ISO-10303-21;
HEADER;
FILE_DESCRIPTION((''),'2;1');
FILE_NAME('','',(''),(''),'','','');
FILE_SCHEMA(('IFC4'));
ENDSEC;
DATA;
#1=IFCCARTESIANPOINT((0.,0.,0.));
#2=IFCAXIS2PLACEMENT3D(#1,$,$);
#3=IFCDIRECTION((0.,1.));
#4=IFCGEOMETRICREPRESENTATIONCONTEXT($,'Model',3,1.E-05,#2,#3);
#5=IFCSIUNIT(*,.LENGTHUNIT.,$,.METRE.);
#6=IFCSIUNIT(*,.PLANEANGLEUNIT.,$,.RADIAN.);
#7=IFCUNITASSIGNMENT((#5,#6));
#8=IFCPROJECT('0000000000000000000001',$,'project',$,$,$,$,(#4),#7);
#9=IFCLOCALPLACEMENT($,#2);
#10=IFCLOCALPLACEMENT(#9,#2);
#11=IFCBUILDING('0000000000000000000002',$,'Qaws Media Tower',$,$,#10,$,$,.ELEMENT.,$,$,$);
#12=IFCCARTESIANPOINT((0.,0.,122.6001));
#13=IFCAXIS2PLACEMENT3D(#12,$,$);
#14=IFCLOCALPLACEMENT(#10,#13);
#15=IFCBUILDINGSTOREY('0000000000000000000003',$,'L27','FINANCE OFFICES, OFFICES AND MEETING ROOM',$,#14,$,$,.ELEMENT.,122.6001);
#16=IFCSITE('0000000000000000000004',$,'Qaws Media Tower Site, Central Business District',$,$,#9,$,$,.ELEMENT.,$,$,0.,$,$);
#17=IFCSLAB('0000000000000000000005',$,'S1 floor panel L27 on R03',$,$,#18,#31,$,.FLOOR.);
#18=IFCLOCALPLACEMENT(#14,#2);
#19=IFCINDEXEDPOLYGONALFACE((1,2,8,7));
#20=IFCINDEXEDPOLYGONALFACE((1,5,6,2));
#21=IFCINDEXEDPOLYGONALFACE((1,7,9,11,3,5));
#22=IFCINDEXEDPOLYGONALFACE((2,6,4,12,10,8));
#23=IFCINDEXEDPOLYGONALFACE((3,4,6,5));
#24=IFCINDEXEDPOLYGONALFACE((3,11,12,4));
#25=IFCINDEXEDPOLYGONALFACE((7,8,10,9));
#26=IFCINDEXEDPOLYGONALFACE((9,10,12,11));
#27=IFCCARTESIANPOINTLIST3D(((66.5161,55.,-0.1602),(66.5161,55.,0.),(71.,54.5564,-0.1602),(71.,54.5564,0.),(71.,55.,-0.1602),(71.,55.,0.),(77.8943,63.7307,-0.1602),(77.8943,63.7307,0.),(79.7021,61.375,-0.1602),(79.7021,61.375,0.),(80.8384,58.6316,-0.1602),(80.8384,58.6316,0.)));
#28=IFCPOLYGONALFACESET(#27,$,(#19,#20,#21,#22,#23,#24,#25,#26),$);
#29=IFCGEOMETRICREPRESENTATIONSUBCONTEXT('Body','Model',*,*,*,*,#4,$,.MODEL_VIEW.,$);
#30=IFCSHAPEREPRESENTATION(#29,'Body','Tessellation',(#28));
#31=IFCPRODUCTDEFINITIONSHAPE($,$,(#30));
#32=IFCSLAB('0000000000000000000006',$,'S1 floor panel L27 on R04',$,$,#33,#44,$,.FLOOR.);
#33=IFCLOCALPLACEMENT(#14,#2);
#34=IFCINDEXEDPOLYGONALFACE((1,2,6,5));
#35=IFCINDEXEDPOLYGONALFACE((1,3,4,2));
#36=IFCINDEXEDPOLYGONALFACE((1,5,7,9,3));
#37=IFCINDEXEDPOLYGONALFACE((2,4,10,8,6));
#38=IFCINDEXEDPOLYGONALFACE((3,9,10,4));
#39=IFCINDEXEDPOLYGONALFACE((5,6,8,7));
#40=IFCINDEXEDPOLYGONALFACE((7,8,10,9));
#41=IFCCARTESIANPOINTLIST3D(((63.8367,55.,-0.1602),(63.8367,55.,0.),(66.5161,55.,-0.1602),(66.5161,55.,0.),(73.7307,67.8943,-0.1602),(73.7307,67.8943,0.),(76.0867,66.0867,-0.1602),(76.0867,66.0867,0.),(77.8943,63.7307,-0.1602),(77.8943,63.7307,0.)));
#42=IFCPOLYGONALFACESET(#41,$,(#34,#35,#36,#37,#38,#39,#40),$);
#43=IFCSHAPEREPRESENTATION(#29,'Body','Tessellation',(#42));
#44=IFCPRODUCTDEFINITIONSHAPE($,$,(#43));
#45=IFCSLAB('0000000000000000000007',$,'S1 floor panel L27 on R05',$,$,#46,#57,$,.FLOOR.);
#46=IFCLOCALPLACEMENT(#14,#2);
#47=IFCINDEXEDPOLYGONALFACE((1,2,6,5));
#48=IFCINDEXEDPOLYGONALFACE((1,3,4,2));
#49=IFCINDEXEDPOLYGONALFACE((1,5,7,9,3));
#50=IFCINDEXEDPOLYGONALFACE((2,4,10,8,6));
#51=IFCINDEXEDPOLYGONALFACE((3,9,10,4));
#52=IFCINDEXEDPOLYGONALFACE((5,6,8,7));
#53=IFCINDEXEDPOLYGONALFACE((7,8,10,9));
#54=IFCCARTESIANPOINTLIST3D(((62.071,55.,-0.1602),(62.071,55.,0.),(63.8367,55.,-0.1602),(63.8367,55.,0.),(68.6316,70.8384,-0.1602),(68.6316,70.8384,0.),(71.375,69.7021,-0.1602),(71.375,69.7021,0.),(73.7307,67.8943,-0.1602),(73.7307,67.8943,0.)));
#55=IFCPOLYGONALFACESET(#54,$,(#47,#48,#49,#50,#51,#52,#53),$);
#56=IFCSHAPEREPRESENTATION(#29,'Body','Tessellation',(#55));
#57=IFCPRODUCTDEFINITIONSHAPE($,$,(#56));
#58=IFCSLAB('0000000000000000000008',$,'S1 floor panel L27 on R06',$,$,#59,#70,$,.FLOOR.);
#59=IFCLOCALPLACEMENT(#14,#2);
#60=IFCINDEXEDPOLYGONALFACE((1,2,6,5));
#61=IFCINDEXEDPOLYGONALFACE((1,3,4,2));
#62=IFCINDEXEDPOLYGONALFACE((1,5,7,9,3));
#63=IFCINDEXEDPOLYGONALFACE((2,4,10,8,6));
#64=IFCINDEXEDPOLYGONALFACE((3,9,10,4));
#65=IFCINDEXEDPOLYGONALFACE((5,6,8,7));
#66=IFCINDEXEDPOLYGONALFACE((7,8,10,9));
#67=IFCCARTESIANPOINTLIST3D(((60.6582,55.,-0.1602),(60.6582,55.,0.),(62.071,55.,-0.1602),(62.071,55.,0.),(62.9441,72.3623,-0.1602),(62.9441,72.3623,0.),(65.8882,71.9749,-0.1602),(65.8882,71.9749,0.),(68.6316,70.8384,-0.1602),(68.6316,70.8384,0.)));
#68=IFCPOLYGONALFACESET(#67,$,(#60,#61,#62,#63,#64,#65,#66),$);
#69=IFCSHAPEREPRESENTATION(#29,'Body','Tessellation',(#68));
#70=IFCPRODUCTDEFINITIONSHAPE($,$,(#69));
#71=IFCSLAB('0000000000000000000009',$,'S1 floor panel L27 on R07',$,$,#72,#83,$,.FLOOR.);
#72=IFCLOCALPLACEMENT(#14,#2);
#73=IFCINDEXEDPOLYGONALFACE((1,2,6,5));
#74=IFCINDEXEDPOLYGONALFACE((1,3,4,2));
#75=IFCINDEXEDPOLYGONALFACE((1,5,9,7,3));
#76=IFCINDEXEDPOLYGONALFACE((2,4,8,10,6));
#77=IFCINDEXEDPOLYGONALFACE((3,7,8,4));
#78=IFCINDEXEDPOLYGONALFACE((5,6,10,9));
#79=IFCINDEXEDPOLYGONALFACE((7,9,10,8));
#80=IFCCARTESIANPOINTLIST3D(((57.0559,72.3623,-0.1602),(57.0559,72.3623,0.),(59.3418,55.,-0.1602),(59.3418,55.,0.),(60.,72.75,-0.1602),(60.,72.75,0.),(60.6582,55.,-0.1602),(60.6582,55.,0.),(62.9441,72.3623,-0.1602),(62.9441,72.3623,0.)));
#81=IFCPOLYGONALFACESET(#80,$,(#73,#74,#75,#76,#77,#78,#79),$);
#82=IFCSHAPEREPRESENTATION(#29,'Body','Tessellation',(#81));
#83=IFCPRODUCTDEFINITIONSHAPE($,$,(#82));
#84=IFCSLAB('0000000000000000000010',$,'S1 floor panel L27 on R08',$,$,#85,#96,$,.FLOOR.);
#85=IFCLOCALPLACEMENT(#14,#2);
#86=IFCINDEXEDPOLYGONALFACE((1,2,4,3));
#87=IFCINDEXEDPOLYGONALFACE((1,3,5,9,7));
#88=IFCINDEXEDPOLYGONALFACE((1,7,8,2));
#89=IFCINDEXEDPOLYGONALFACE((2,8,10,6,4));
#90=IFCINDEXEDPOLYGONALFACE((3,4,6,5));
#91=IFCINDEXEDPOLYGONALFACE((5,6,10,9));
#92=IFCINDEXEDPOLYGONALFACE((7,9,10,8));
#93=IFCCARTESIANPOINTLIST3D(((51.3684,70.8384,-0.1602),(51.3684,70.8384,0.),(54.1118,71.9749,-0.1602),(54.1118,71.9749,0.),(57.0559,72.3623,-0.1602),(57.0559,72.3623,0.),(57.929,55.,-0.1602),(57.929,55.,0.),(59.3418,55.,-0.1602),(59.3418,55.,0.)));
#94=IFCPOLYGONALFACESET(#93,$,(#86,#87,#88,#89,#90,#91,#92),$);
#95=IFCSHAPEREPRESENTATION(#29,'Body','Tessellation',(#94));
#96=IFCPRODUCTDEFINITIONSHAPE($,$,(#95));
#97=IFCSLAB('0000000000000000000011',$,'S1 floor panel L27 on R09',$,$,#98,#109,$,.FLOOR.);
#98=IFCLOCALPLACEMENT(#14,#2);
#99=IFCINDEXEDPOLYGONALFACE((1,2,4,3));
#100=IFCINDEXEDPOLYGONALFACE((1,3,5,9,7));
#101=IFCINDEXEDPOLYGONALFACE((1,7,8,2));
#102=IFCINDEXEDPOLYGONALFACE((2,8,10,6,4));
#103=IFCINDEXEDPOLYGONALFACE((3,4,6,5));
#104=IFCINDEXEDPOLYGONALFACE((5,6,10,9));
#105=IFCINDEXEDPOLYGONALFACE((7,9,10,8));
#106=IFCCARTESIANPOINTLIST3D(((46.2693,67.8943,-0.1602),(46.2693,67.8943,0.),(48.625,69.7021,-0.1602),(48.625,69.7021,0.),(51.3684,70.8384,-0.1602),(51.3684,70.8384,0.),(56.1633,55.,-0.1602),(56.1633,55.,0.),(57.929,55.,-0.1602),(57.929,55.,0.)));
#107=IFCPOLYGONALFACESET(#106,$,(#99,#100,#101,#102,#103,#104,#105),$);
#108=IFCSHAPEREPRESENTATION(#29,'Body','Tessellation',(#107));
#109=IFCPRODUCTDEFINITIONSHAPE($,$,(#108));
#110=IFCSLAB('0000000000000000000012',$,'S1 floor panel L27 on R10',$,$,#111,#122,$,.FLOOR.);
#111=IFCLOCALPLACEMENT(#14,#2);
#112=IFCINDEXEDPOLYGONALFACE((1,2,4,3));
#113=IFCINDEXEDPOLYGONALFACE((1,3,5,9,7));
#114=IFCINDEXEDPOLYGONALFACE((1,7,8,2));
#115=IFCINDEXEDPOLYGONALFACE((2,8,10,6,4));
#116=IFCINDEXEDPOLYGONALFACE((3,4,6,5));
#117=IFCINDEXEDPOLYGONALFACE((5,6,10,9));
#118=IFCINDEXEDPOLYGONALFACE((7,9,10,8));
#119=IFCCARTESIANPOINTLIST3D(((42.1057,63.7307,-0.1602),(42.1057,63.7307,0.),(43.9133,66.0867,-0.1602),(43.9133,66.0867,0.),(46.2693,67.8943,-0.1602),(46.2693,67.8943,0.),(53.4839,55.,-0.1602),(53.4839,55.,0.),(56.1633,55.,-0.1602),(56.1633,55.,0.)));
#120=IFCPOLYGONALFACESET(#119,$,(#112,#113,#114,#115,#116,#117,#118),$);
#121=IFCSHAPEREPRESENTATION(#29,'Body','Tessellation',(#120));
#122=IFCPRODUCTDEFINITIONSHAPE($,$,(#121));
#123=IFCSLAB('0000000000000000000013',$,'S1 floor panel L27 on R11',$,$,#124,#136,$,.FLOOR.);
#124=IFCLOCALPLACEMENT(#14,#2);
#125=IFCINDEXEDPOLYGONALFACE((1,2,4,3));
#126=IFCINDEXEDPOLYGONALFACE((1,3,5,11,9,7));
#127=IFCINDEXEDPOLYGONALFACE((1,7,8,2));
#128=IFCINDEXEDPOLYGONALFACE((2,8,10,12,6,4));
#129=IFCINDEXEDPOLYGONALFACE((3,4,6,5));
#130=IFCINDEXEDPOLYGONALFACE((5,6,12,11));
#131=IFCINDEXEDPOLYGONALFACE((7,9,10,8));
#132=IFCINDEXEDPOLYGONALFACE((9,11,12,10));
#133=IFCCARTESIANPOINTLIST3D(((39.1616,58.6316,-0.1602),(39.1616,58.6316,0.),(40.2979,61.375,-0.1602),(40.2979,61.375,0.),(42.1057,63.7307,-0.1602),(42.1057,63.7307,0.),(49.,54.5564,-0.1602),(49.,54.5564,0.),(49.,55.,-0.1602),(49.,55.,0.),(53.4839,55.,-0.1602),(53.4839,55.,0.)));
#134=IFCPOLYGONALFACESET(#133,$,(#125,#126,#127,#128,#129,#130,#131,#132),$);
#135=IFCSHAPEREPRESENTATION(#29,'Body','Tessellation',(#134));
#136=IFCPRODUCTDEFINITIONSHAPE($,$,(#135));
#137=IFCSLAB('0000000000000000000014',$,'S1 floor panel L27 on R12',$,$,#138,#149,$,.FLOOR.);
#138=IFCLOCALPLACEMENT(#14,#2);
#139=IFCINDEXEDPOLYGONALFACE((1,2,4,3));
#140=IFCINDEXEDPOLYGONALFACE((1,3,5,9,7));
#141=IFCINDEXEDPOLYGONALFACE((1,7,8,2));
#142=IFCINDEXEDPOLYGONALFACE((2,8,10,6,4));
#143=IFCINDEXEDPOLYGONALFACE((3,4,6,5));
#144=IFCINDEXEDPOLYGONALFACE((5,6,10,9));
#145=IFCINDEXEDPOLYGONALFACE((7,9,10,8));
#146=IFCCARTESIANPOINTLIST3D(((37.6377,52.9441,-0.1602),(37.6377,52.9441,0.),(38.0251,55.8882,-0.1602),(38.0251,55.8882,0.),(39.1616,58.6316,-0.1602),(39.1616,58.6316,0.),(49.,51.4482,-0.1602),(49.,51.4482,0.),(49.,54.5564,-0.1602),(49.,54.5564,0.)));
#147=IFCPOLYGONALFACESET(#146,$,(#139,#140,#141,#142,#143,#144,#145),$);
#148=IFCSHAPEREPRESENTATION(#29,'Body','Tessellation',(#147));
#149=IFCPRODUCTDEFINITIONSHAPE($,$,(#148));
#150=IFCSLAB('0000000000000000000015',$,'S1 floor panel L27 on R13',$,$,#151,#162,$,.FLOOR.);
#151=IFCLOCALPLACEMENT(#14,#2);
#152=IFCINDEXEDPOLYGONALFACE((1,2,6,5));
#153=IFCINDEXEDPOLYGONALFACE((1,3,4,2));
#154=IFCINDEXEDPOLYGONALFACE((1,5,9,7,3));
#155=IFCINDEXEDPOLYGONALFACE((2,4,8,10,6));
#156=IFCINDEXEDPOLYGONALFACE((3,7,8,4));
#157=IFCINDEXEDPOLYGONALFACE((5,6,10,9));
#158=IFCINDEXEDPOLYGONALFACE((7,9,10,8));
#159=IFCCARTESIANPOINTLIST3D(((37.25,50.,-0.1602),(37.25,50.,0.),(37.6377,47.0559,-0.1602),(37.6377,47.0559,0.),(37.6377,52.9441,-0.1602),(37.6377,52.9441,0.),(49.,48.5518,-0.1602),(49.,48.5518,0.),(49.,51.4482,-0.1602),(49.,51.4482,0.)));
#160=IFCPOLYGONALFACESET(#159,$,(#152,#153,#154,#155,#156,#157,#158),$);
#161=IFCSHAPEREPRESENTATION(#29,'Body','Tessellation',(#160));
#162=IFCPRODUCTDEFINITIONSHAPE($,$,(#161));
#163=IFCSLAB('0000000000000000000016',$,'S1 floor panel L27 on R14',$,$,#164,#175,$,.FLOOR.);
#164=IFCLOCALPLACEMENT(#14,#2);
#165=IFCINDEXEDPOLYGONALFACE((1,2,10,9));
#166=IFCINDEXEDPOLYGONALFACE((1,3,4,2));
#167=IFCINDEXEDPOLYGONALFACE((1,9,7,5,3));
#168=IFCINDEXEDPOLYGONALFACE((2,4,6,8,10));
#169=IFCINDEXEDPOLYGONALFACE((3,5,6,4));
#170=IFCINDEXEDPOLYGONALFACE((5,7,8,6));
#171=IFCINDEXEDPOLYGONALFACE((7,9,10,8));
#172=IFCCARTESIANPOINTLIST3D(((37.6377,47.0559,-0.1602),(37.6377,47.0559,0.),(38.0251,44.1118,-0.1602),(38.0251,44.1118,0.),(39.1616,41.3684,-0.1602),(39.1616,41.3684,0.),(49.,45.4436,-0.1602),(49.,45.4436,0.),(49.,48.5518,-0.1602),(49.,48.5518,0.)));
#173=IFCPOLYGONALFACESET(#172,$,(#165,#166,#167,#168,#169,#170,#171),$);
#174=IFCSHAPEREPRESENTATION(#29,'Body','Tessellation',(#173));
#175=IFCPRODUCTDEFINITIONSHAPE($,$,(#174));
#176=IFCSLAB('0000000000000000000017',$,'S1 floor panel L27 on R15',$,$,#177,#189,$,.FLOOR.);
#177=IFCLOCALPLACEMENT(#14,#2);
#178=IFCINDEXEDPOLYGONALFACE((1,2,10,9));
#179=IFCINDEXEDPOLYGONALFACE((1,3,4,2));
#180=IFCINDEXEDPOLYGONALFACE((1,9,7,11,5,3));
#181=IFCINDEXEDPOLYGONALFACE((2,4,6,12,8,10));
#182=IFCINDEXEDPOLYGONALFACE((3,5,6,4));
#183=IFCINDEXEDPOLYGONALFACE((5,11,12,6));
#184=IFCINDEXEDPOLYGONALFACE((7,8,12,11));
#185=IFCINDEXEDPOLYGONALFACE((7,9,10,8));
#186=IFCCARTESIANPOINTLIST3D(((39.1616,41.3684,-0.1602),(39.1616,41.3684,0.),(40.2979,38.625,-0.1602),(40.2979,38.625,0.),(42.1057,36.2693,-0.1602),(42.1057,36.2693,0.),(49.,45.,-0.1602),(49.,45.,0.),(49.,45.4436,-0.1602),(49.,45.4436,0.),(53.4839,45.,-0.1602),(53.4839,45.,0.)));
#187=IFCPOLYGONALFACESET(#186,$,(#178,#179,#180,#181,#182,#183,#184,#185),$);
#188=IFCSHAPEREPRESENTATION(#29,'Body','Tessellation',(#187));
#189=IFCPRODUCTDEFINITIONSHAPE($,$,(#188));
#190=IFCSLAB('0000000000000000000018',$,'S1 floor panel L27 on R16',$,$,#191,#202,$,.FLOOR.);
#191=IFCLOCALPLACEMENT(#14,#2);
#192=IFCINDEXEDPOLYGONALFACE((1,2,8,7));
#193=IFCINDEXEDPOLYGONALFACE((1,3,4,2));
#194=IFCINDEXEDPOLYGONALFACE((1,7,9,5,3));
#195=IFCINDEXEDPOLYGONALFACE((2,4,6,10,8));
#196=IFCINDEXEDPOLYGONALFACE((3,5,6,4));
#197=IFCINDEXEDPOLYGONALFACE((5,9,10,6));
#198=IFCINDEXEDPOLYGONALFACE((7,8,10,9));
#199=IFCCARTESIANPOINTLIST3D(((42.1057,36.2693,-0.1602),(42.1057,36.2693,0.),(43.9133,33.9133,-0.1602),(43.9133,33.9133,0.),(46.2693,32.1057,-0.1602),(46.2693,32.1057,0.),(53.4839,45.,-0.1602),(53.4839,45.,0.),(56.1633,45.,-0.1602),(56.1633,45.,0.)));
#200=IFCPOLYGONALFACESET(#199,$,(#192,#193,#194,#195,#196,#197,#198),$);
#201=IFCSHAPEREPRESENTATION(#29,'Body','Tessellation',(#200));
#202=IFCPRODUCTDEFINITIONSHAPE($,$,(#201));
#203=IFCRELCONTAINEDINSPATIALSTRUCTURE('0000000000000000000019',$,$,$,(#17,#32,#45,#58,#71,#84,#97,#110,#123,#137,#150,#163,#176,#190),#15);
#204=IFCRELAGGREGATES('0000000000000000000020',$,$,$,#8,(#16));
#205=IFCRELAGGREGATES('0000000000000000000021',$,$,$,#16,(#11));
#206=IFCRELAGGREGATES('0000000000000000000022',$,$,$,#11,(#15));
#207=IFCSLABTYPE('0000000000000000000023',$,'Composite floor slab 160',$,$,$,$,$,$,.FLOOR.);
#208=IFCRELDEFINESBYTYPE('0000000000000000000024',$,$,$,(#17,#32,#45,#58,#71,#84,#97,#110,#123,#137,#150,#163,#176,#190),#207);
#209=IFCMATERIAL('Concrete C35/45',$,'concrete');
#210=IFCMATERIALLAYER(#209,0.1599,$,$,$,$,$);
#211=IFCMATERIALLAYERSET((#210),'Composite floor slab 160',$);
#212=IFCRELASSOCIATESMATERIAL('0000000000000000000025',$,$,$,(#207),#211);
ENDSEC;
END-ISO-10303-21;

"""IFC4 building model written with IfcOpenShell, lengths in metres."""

from ifc_helpers import new_model, si_unit, direction, frame, origin, place, context, subcontext, project, spatial, polyline, outline, extrude, material, layer, layer_set, type_object, element, save


model = new_model("IFC4")

# Units and contexts
model_context = context("Model", 3, precision=1e-05, world=origin(), true_north=direction((0.0, 1.0)))
body_context = subcontext(model_context, "Body", "Model", "MODEL_VIEW")
ifc_project = project(units=[si_unit("LENGTHUNIT", "METRE"), si_unit("PLANEANGLEUNIT", "RADIAN")], contexts=[model_context])

# Site, building, storey
site_placement = place(None, origin())
site = spatial("IfcSite", under=ifc_project, at=site_placement, Name="Qaws Media Tower Site, Central Business District", CompositionType="ELEMENT", RefElevation=0.0)
building_placement = place(site_placement, origin())
building = spatial("IfcBuilding", under=site, at=building_placement, Name="Qaws Media Tower", CompositionType="ELEMENT")
storey_placement = place(building_placement, frame((0.0, 0.0, 122.6001)))
storey = spatial("IfcBuildingStorey", under=building, at=storey_placement, Name="L27", Description="FINANCE OFFICES, OFFICES AND MEETING ROOM", CompositionType="ELEMENT", Elevation=122.6001)

# Slabs
ifc_material_1 = material(Name="Concrete C35/45", Category="concrete")
ifc_layer_1 = layer(ifc_material_1, 0.1599)
ifc_layer_set_1 = layer_set([ifc_layer_1], Name="Composite floor slab 160")
slab_type_1 = type_object("IfcSlabType", Name="Composite floor slab 160", PredefinedType="FLOOR", material=ifc_layer_set_1)
slab_1_placement = place(storey_placement, frame((0.0, 0.0, -0.1602)))
element("IfcSlab", 1, at=slab_1_placement, inside=storey, type_object=slab_type_1, Name="S1 floor panel L27 on R03", PredefinedType="FLOOR", context=body_context, shape_type="SweptSolid", body=[
    extrude(outline(polyline([(79.7021, 61.375), (80.8384, 58.6316), (71.0, 54.5564), (71.0, 55.0), (66.5161, 55.0), (77.8943, 63.7307), (79.7021, 61.375)])), origin(), (0.0, 0.0, 1.0), 0.1602),
])
slab_2_placement = place(storey_placement, frame((0.0, 0.0, -0.1602)))
element("IfcSlab", 2, at=slab_2_placement, inside=storey, type_object=slab_type_1, Name="S1 floor panel L27 on R04", PredefinedType="FLOOR", context=body_context, shape_type="SweptSolid", body=[
    extrude(outline(polyline([(76.0867, 66.0867), (77.8943, 63.7307), (66.5161, 55.0), (63.8367, 55.0), (73.7307, 67.8943), (76.0867, 66.0867)])), origin(), (0.0, 0.0, 1.0), 0.1602),
])
slab_3_placement = place(storey_placement, frame((0.0, 0.0, -0.1602)))
element("IfcSlab", 3, at=slab_3_placement, inside=storey, type_object=slab_type_1, Name="S1 floor panel L27 on R05", PredefinedType="FLOOR", context=body_context, shape_type="SweptSolid", body=[
    extrude(outline(polyline([(71.375, 69.7021), (73.7307, 67.8943), (63.8367, 55.0), (62.071, 55.0), (68.6316, 70.8384), (71.375, 69.7021)])), origin(), (0.0, 0.0, 1.0), 0.1602),
])
slab_4_placement = place(storey_placement, frame((0.0, 0.0, -0.1602)))
element("IfcSlab", 4, at=slab_4_placement, inside=storey, type_object=slab_type_1, Name="S1 floor panel L27 on R06", PredefinedType="FLOOR", context=body_context, shape_type="SweptSolid", body=[
    extrude(outline(polyline([(65.8882, 71.9749), (68.6316, 70.8384), (62.071, 55.0), (60.6582, 55.0), (62.9441, 72.3623), (65.8882, 71.9749)])), origin(), (0.0, 0.0, 1.0), 0.1602),
])
slab_5_placement = place(storey_placement, frame((0.0, 0.0, -0.1602)))
element("IfcSlab", 5, at=slab_5_placement, inside=storey, type_object=slab_type_1, Name="S1 floor panel L27 on R07", PredefinedType="FLOOR", context=body_context, shape_type="SweptSolid", body=[
    extrude(outline(polyline([(60.0, 72.75), (62.9441, 72.3623), (60.6582, 55.0), (59.3418, 55.0), (57.0559, 72.3623), (60.0, 72.75)])), origin(), (0.0, 0.0, 1.0), 0.1602),
])
slab_6_placement = place(storey_placement, frame((0.0, 0.0, -0.1602)))
element("IfcSlab", 6, at=slab_6_placement, inside=storey, type_object=slab_type_1, Name="S1 floor panel L27 on R08", PredefinedType="FLOOR", context=body_context, shape_type="SweptSolid", body=[
    extrude(outline(polyline([(54.1118, 71.9749), (57.0559, 72.3623), (59.3418, 55.0), (57.929, 55.0), (51.3684, 70.8384), (54.1118, 71.9749)])), origin(), (0.0, 0.0, 1.0), 0.1602),
])
slab_7_placement = place(storey_placement, frame((0.0, 0.0, -0.1602)))
element("IfcSlab", 7, at=slab_7_placement, inside=storey, type_object=slab_type_1, Name="S1 floor panel L27 on R09", PredefinedType="FLOOR", context=body_context, shape_type="SweptSolid", body=[
    extrude(outline(polyline([(48.625, 69.7021), (51.3684, 70.8384), (57.929, 55.0), (56.1633, 55.0), (46.2693, 67.8943), (48.625, 69.7021)])), origin(), (0.0, 0.0, 1.0), 0.1602),
])
slab_8_placement = place(storey_placement, frame((0.0, 0.0, -0.1602)))
element("IfcSlab", 8, at=slab_8_placement, inside=storey, type_object=slab_type_1, Name="S1 floor panel L27 on R10", PredefinedType="FLOOR", context=body_context, shape_type="SweptSolid", body=[
    extrude(outline(polyline([(43.9133, 66.0867), (46.2693, 67.8943), (56.1633, 55.0), (53.4839, 55.0), (42.1057, 63.7307), (43.9133, 66.0867)])), origin(), (0.0, 0.0, 1.0), 0.1602),
])
slab_9_placement = place(storey_placement, frame((0.0, 0.0, -0.1602)))
element("IfcSlab", 9, at=slab_9_placement, inside=storey, type_object=slab_type_1, Name="S1 floor panel L27 on R11", PredefinedType="FLOOR", context=body_context, shape_type="SweptSolid", body=[
    extrude(outline(polyline([(40.2979, 61.375), (42.1057, 63.7307), (53.4839, 55.0), (49.0, 55.0), (49.0, 54.5564), (39.1616, 58.6316), (40.2979, 61.375)])), origin(), (0.0, 0.0, 1.0), 0.1602),
])
slab_10_placement = place(storey_placement, frame((0.0, 0.0, -0.1602)))
element("IfcSlab", 10, at=slab_10_placement, inside=storey, type_object=slab_type_1, Name="S1 floor panel L27 on R12", PredefinedType="FLOOR", context=body_context, shape_type="SweptSolid", body=[
    extrude(outline(polyline([(38.0251, 55.8882), (39.1616, 58.6316), (49.0, 54.5564), (49.0, 51.4482), (37.6377, 52.9441), (38.0251, 55.8882)])), origin(), (0.0, 0.0, 1.0), 0.1602),
])
slab_11_placement = place(storey_placement, frame((0.0, 0.0, -0.1602)))
element("IfcSlab", 11, at=slab_11_placement, inside=storey, type_object=slab_type_1, Name="S1 floor panel L27 on R13", PredefinedType="FLOOR", context=body_context, shape_type="SweptSolid", body=[
    extrude(outline(polyline([(37.25, 50.0), (37.6377, 52.9441), (49.0, 51.4482), (49.0, 48.5518), (37.6377, 47.0559), (37.25, 50.0)])), origin(), (0.0, 0.0, 1.0), 0.1602),
])
slab_12_placement = place(storey_placement, frame((0.0, 0.0, -0.1602)))
element("IfcSlab", 12, at=slab_12_placement, inside=storey, type_object=slab_type_1, Name="S1 floor panel L27 on R14", PredefinedType="FLOOR", context=body_context, shape_type="SweptSolid", body=[
    extrude(outline(polyline([(38.0251, 44.1118), (37.6377, 47.0559), (49.0, 48.5518), (49.0, 45.4436), (39.1616, 41.3684), (38.0251, 44.1118)])), origin(), (0.0, 0.0, 1.0), 0.1602),
])
slab_13_placement = place(storey_placement, frame((0.0, 0.0, -0.1602)))
element("IfcSlab", 13, at=slab_13_placement, inside=storey, type_object=slab_type_1, Name="S1 floor panel L27 on R15", PredefinedType="FLOOR", context=body_context, shape_type="SweptSolid", body=[
    extrude(outline(polyline([(40.2979, 38.625), (39.1616, 41.3684), (49.0, 45.4436), (49.0, 45.0), (53.4839, 45.0), (42.1057, 36.2693), (40.2979, 38.625)])), origin(), (0.0, 0.0, 1.0), 0.1602),
])
slab_14_placement = place(storey_placement, frame((0.0, 0.0, -0.1602)))
element("IfcSlab", 14, at=slab_14_placement, inside=storey, type_object=slab_type_1, Name="S1 floor panel L27 on R16", PredefinedType="FLOOR", context=body_context, shape_type="SweptSolid", body=[
    extrude(outline(polyline([(43.9133, 33.9133), (42.1057, 36.2693), (53.4839, 45.0), (56.1633, 45.0), (46.2693, 32.1057), (43.9133, 33.9133)])), origin(), (0.0, 0.0, 1.0), 0.1602),
])

save(model, "model.ifc")
